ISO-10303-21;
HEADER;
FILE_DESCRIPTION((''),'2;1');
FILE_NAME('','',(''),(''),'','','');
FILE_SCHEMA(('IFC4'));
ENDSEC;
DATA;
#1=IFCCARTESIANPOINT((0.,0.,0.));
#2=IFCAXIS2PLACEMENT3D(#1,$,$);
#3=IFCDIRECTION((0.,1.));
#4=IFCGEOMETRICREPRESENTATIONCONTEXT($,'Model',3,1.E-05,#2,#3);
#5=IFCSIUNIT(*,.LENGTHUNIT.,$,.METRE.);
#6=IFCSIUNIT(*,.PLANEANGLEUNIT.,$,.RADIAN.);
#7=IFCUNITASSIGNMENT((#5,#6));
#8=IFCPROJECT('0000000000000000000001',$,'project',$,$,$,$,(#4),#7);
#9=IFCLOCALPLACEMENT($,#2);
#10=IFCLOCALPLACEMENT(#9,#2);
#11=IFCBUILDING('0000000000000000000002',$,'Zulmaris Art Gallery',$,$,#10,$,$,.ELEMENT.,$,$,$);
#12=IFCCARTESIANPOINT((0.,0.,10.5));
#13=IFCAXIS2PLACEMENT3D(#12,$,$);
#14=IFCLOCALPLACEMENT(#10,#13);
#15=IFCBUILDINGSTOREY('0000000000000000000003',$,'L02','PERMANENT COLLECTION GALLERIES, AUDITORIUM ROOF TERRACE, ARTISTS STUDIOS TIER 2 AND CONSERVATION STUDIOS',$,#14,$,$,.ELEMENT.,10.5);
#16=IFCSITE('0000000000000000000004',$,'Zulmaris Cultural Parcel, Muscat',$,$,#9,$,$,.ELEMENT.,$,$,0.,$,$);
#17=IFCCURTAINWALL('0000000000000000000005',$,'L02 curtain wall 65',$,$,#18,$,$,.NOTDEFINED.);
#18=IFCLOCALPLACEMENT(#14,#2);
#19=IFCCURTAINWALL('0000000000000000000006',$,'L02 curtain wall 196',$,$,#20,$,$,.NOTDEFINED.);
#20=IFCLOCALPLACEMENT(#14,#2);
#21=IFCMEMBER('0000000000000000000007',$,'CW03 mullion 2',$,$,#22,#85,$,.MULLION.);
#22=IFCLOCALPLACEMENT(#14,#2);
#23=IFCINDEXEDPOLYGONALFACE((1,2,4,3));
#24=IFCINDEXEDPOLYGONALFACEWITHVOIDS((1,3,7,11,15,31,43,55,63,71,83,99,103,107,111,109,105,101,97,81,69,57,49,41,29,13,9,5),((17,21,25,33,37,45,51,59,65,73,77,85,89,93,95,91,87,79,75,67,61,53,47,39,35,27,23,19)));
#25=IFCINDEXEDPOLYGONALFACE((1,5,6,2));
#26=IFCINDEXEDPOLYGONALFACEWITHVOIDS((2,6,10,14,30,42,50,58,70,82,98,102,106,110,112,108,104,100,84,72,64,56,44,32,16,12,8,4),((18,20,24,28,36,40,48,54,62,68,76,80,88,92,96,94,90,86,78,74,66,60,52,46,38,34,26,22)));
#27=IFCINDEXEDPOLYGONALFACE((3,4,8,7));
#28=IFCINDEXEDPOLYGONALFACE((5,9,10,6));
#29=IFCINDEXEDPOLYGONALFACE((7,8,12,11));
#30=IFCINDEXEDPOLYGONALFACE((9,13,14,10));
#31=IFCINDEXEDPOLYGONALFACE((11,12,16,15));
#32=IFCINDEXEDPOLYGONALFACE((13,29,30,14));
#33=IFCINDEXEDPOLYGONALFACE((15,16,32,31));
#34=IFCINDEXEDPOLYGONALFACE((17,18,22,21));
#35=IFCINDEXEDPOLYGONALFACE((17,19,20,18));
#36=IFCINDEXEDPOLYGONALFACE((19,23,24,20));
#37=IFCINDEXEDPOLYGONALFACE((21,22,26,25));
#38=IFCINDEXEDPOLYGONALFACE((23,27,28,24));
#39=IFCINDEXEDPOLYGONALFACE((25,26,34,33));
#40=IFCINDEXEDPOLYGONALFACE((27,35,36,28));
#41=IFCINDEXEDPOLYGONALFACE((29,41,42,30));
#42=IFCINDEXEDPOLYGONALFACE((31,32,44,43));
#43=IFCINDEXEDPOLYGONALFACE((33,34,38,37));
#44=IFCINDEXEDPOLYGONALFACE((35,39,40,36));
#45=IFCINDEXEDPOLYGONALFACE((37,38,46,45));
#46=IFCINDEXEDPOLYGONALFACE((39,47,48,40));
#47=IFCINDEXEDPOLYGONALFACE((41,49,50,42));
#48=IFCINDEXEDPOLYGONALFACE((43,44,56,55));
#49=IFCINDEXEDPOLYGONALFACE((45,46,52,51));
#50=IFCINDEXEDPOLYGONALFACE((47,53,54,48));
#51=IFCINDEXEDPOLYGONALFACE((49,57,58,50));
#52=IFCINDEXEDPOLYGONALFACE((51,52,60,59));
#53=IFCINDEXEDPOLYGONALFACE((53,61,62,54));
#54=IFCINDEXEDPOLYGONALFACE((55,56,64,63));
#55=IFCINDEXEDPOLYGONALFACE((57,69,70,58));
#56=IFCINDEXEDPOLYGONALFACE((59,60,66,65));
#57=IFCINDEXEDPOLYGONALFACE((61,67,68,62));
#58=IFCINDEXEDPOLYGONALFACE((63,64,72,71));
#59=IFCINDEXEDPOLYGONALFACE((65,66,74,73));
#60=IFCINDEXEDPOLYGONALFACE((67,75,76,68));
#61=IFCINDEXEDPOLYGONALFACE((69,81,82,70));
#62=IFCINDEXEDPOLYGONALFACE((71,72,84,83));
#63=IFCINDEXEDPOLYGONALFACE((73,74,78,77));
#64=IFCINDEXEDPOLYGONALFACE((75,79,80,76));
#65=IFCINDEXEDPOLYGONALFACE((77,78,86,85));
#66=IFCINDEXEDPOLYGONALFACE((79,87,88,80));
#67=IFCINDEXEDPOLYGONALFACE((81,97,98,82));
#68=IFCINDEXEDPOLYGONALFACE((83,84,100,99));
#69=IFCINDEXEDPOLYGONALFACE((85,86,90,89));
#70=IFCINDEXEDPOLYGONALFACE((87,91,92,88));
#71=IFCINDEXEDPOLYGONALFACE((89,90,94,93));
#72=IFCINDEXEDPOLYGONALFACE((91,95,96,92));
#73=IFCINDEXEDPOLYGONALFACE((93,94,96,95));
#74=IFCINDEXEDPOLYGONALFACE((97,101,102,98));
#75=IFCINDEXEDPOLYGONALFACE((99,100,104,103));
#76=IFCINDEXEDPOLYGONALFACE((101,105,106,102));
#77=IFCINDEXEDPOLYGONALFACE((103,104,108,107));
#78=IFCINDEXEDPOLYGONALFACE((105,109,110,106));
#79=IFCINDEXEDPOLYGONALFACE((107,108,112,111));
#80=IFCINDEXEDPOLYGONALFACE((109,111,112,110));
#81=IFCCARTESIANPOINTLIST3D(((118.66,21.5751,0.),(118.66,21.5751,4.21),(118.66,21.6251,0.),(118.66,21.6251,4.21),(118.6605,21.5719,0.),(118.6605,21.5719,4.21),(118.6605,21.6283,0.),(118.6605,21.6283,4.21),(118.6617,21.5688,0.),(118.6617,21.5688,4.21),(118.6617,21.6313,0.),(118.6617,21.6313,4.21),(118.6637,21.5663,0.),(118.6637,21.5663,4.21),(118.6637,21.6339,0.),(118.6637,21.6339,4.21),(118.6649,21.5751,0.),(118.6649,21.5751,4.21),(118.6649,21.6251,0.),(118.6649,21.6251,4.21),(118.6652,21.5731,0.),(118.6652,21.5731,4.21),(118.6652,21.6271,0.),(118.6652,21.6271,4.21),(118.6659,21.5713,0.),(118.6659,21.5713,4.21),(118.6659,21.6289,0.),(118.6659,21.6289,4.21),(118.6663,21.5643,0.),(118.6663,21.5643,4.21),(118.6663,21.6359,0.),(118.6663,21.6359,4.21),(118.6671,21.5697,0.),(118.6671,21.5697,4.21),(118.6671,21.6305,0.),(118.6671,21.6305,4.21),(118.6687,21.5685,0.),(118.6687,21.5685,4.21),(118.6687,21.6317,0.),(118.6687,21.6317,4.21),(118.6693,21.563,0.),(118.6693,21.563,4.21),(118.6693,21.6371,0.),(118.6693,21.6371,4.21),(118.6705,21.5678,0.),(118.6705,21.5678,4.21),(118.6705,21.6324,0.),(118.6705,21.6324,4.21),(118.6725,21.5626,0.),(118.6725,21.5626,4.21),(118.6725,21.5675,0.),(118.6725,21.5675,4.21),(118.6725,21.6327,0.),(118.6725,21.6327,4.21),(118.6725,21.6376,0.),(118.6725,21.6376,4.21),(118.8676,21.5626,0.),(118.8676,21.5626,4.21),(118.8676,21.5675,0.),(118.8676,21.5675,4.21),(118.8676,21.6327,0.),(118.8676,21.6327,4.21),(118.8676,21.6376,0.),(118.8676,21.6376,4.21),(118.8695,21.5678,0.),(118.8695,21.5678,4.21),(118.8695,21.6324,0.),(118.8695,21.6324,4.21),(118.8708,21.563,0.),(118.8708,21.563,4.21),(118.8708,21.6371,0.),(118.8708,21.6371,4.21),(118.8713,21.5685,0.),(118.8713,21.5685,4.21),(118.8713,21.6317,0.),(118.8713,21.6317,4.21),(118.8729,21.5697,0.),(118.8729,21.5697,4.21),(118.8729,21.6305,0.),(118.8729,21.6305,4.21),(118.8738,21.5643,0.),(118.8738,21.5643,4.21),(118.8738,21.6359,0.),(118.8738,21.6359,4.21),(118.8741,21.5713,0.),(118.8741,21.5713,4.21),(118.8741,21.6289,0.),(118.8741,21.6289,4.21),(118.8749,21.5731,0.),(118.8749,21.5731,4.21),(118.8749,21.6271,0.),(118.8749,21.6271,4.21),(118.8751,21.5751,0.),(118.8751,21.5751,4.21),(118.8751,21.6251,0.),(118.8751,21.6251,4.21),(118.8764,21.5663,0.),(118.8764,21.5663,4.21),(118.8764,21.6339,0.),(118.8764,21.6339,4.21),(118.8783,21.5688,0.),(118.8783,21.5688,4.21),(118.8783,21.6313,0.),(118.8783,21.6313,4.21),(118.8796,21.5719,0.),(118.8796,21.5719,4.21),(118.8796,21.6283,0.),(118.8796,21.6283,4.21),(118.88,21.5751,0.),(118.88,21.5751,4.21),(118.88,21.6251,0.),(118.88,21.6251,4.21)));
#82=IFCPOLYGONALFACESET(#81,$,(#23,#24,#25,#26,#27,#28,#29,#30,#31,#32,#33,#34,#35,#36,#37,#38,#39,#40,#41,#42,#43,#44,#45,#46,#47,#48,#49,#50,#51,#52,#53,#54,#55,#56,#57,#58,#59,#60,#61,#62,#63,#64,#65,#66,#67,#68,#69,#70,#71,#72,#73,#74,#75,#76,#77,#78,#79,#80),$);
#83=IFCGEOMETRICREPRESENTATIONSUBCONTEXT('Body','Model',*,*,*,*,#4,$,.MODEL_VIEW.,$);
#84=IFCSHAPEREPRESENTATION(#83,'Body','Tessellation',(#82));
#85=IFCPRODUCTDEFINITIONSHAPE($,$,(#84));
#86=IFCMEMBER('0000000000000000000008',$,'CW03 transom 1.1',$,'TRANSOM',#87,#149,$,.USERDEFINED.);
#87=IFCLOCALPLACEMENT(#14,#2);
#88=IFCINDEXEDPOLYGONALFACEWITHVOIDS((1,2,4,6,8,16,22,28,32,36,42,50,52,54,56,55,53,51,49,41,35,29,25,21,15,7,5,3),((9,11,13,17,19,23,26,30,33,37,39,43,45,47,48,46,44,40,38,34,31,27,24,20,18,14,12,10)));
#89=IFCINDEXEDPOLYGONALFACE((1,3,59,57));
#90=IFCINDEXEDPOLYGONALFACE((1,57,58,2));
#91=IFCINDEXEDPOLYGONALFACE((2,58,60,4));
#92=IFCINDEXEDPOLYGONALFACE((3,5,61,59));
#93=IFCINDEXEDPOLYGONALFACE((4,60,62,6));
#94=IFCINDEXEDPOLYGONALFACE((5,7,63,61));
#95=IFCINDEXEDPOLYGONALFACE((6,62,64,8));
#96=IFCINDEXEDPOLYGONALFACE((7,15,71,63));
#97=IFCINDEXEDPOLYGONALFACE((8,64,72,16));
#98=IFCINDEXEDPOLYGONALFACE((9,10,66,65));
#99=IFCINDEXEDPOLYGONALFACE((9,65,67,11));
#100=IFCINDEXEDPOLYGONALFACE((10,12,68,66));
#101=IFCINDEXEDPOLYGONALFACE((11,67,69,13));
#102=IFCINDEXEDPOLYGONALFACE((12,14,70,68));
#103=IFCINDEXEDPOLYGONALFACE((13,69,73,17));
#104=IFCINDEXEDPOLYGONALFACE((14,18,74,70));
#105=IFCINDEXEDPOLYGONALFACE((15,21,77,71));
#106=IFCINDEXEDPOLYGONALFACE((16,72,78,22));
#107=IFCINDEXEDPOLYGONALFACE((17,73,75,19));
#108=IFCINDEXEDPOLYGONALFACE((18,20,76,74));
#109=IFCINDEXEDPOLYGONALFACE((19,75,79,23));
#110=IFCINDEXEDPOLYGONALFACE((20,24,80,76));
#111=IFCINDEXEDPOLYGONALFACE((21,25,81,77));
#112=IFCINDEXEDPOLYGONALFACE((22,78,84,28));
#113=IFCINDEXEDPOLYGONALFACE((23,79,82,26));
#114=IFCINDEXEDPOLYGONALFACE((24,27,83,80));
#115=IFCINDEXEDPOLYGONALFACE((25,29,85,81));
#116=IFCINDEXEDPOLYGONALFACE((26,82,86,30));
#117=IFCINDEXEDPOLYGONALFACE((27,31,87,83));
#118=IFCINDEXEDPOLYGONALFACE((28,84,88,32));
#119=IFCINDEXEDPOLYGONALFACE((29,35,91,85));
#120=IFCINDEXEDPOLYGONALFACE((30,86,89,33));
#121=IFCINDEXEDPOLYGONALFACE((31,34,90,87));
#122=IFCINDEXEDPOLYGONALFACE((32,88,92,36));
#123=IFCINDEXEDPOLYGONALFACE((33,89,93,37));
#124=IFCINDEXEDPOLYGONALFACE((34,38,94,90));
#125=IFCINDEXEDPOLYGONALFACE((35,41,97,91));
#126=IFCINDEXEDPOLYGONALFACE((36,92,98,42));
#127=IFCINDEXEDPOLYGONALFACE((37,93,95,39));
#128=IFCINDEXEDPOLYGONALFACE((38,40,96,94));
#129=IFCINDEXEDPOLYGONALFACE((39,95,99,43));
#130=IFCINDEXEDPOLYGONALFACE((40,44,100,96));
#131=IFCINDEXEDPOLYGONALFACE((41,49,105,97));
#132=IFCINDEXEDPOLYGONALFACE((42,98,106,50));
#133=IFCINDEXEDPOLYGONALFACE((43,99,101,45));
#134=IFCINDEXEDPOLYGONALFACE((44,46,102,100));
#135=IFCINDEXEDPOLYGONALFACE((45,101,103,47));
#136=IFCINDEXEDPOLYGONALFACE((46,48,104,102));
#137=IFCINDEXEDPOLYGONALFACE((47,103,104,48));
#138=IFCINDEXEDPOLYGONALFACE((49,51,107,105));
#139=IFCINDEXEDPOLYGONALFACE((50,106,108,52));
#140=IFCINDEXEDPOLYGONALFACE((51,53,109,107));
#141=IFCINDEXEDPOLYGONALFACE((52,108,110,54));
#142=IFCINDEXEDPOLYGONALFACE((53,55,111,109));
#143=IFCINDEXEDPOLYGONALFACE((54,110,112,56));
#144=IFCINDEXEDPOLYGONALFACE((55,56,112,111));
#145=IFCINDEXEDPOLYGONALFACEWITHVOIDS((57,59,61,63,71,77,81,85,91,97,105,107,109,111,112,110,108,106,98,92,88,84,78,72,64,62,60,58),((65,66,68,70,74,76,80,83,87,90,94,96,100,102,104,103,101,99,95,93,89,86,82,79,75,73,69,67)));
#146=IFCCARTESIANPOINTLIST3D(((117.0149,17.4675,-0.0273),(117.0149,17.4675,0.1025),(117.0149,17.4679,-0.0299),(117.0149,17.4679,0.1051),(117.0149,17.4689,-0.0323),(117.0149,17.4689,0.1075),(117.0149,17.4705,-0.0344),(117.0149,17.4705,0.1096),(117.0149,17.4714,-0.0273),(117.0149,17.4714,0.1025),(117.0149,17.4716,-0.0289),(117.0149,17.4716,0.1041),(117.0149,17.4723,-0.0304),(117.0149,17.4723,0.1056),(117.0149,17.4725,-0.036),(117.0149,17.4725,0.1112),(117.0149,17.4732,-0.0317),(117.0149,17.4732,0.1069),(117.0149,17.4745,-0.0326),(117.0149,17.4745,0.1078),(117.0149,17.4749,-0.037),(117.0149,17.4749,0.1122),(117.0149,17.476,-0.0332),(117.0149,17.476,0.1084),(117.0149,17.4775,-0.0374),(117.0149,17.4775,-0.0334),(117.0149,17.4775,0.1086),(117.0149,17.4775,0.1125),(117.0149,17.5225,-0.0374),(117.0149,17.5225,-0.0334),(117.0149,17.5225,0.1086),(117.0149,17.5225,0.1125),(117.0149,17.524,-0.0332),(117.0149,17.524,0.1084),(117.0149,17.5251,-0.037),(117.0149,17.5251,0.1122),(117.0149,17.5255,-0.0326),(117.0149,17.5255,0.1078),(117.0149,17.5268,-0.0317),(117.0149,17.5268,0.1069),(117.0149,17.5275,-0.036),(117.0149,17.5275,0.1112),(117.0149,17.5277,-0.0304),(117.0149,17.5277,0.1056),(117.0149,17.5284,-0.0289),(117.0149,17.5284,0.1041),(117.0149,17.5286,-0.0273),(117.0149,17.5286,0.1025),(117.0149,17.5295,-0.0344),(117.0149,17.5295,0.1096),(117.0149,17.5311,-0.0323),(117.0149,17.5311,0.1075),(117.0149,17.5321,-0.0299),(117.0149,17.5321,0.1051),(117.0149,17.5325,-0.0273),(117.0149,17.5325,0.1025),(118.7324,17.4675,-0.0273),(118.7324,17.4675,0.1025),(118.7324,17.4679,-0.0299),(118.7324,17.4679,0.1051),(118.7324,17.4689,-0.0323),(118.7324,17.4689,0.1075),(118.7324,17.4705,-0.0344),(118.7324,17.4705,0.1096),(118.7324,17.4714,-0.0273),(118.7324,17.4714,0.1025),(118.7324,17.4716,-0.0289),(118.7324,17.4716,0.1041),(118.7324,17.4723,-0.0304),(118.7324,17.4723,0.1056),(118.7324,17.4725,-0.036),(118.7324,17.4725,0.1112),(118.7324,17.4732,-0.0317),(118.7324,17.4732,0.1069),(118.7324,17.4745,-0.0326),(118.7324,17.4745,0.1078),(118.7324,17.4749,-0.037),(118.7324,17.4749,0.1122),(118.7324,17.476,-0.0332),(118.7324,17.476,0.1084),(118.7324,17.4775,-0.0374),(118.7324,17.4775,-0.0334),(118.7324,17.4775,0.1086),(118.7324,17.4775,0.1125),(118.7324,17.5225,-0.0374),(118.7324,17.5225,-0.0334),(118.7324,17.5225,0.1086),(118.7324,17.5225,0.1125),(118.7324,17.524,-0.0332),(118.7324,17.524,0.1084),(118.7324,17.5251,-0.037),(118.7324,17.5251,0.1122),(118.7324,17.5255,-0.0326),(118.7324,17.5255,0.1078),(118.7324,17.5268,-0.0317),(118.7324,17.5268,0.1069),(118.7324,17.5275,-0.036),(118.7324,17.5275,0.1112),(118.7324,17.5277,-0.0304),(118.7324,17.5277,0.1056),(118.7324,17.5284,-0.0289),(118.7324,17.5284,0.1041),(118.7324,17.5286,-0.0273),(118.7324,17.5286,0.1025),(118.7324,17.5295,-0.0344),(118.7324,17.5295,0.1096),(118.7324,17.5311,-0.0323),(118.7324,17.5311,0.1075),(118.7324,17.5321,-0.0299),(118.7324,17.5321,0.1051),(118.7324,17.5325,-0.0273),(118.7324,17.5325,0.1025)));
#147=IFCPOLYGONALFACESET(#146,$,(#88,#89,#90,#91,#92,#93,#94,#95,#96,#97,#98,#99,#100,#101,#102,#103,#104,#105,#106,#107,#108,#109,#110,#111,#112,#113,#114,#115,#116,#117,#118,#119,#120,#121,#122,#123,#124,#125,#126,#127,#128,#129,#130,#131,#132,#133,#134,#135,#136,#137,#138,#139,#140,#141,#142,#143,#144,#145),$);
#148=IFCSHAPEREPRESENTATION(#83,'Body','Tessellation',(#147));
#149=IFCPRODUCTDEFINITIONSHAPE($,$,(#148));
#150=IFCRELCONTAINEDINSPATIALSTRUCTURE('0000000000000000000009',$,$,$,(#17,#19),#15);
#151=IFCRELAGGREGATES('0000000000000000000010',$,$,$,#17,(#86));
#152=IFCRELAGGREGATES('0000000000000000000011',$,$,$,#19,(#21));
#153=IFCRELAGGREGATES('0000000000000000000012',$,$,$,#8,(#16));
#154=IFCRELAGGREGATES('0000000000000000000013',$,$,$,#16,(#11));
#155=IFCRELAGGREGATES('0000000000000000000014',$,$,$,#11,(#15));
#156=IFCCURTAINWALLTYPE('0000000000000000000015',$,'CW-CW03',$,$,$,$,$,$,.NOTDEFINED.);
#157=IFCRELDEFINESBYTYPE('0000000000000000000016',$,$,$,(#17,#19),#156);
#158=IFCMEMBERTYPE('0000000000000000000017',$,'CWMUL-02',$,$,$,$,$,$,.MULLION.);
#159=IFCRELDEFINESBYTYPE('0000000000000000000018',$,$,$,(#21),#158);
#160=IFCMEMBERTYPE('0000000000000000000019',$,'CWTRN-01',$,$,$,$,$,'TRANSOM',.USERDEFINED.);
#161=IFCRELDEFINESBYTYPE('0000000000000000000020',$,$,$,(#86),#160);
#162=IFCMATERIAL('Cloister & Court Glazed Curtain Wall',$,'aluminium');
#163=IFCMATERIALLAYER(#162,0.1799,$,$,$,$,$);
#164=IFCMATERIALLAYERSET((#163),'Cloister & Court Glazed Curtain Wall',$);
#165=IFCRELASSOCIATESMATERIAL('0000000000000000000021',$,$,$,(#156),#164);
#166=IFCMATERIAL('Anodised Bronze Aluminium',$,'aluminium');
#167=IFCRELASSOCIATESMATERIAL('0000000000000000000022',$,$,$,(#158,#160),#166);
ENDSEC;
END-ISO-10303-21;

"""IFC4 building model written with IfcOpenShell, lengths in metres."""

from ifc_helpers import new_model, si_unit, direction, frame, origin, origin_2d, place, context, subcontext, project, spatial, hollow_rectangle, extrude, material, layer, layer_set, material_profile, profile_set, type_object, element, aggregate, save


model = new_model("IFC4")

# Units and contexts
model_context = context("Model", 3, precision=1e-05, world=origin(), true_north=direction((0.0, 1.0)))
body_context = subcontext(model_context, "Body", "Model", "MODEL_VIEW")
ifc_project = project(units=[si_unit("LENGTHUNIT", "METRE"), si_unit("PLANEANGLEUNIT", "RADIAN")], contexts=[model_context])

# Site, building, storey
site_placement = place(None, origin())
site = spatial("IfcSite", under=ifc_project, at=site_placement, Name="Zulmaris Cultural Parcel, Muscat", CompositionType="ELEMENT", RefElevation=0.0)
building_placement = place(site_placement, origin())
building = spatial("IfcBuilding", under=site, at=building_placement, Name="Zulmaris Art Gallery", CompositionType="ELEMENT")
storey_placement = place(building_placement, frame((0.0, 0.0, 10.5)))
storey = spatial("IfcBuildingStorey", under=building, at=storey_placement, Name="L02", Description="PERMANENT COLLECTION GALLERIES, AUDITORIUM ROOF TERRACE, ARTISTS STUDIOS TIER 2 AND CONSERVATION STUDIOS", CompositionType="ELEMENT", Elevation=10.5)

# Curtain walls, member
ifc_material_1 = material(Name="Cloister & Court Glazed Curtain Wall", Category="aluminium")
ifc_layer_1 = layer(ifc_material_1, 0.1799)
ifc_layer_set_1 = layer_set([ifc_layer_1], Name="Cloister & Court Glazed Curtain Wall")
curtain_wall_type = type_object("IfcCurtainWallType", Name="CW-CW03", PredefinedType="NOTDEFINED", material=ifc_layer_set_1)
curtain_wall_1_placement = place(storey_placement, origin())
curtain_wall_1 = element("IfcCurtainWall", 1, at=curtain_wall_1_placement, inside=storey, type_object=curtain_wall_type, Name="L02 curtain wall 65", PredefinedType="NOTDEFINED")
ifc_material_2 = material(Name="Anodised Bronze Aluminium", Category="aluminium")
ifc_material_profile_1 = material_profile(ifc_material_2, hollow_rectangle(XDim=0.075, YDim=0.22, WallThickness=0.0049, InnerFilletRadius=0.0076, OuterFilletRadius=0.0125, at=origin_2d()), Name="ALU 75x220x5")
ifc_profile_set_1 = profile_set([ifc_material_profile_1], Name="Anodised Bronze Aluminium")
member_type_1 = type_object("IfcMemberType", Name="CWMUL-02", PredefinedType="MULLION", material=ifc_profile_set_1)
curtain_wall_2_placement = place(storey_placement, origin())
curtain_wall_2 = element("IfcCurtainWall", 2, at=curtain_wall_2_placement, inside=storey, type_object=curtain_wall_type, Name="L02 curtain wall 196", PredefinedType="NOTDEFINED")
member_1_placement = place(storey_placement, frame((118.77, 21.6001, 0.0), z_axis=(0.0, 0.0, 1.0), x_axis=(0.0, 1.0, 0.0)))
member_1 = element("IfcMember", 3, at=member_1_placement, type_object=member_type_1, Name="CW03 mullion 2", PredefinedType="MULLION", context=body_context, shape_type="SweptSolid", body=[
    extrude(hollow_rectangle(XDim=0.075, YDim=0.22, WallThickness=0.0049, InnerFilletRadius=0.0076, OuterFilletRadius=0.0125, at=origin_2d()), origin(), (0.0, 0.0, 1.0), 4.21),
])

# Member
ifc_material_profile_2 = material_profile(ifc_material_2, hollow_rectangle(XDim=0.0649, YDim=0.1499, WallThickness=0.0039, InnerFilletRadius=0.0061, OuterFilletRadius=0.01, at=origin_2d()), Name="ALU 65x150x4")
ifc_profile_set_2 = profile_set([ifc_material_profile_2], Name="Anodised Bronze Aluminium")
member_type_2 = type_object("IfcMemberType", Name="CWTRN-01", ElementType="TRANSOM", PredefinedType="USERDEFINED", material=ifc_profile_set_2)
member_2_placement = place(storey_placement, frame((117.0149, 17.5, 0.0376), z_axis=(1.0, 0.0, 0.0), x_axis=(0.0, 1.0, 0.0)))
member_2 = element("IfcMember", 4, at=member_2_placement, type_object=member_type_2, Name="CW03 transom 1.1", ObjectType="TRANSOM", PredefinedType="USERDEFINED", context=body_context, shape_type="SweptSolid", body=[
    extrude(hollow_rectangle(XDim=0.0649, YDim=0.1499, WallThickness=0.0039, InnerFilletRadius=0.0061, OuterFilletRadius=0.01, at=origin_2d()), origin(), (0.0, 0.0, 1.0), 1.7175),
])

aggregate(curtain_wall_1, [member_2])
aggregate(curtain_wall_2, [member_1])

save(model, "model.ifc")
